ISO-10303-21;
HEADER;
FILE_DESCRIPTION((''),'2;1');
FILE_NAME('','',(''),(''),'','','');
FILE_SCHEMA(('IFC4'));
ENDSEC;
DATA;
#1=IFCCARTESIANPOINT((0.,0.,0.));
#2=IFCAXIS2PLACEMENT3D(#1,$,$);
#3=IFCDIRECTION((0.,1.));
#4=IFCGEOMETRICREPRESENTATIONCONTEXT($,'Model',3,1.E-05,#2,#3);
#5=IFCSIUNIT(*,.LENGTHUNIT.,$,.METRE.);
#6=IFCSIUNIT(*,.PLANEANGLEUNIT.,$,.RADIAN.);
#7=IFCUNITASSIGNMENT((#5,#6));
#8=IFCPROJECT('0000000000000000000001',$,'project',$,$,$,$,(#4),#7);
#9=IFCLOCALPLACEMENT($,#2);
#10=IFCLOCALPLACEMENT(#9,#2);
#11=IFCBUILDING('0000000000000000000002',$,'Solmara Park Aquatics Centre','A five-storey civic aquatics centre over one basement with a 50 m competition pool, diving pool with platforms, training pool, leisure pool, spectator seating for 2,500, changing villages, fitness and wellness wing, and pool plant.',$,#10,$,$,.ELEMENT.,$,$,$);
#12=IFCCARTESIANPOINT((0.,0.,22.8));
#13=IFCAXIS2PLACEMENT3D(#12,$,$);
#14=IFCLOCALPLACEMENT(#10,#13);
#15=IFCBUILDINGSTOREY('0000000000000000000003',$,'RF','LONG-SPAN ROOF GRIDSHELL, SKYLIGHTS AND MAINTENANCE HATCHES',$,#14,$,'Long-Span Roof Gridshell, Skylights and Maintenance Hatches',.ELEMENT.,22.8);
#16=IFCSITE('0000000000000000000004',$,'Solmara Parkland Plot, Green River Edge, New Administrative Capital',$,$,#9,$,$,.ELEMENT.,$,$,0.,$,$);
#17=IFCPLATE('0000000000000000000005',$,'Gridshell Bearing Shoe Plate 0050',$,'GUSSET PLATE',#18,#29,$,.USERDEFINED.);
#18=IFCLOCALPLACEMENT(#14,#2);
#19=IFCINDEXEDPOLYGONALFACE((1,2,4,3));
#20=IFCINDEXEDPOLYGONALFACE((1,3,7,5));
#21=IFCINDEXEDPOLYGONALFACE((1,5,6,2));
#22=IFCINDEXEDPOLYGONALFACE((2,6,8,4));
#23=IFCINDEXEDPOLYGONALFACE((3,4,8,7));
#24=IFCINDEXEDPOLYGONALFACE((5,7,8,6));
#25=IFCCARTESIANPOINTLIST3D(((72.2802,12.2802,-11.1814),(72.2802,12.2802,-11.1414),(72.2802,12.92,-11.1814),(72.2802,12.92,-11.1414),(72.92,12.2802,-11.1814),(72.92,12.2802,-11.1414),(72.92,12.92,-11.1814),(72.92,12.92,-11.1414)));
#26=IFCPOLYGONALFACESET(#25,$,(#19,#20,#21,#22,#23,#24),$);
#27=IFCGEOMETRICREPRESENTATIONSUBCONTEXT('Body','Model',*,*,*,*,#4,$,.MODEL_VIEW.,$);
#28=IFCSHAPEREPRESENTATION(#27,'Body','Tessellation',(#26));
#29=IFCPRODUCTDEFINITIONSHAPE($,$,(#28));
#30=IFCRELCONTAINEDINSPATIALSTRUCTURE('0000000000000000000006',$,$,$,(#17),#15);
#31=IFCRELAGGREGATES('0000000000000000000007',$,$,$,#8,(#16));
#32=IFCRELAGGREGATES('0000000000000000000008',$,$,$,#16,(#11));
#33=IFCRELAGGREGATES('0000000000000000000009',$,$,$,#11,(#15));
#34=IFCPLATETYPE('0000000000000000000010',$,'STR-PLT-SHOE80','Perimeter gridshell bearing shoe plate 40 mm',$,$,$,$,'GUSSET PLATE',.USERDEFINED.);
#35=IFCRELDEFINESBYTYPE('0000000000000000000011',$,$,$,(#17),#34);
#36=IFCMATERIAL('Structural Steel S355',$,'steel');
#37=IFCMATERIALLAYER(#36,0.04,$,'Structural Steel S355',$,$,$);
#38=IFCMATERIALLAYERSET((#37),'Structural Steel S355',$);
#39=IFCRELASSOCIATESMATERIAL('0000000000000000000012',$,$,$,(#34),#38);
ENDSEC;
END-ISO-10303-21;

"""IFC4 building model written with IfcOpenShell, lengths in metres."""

from ifc_helpers import new_model, si_unit, direction, frame, origin, origin_2d, place, context, subcontext, project, spatial, rectangle, extrude, material, layer, layer_set, type_object, element, save


model = new_model("IFC4")

# Units and contexts
model_context = context("Model", 3, precision=1e-05, world=origin(), true_north=direction((0.0, 1.0)))
body_context = subcontext(model_context, "Body", "Model", "MODEL_VIEW")
ifc_project = project(units=[si_unit("LENGTHUNIT", "METRE"), si_unit("PLANEANGLEUNIT", "RADIAN")], contexts=[model_context])

# Site, building, storey
site_placement = place(None, origin())
site = spatial("IfcSite", under=ifc_project, at=site_placement, Name="Solmara Parkland Plot, Green River Edge, New Administrative Capital", CompositionType="ELEMENT", RefElevation=0.0)
building_placement = place(site_placement, origin())
building = spatial("IfcBuilding", under=site, at=building_placement, Name="Solmara Park Aquatics Centre", Description="A five-storey civic aquatics centre over one basement with a 50 m competition pool, diving pool with platforms, training pool, leisure pool, spectator seating for 2,500, changing villages, fitness and wellness wing, and pool plant.", CompositionType="ELEMENT")
storey_placement = place(building_placement, frame((0.0, 0.0, 22.8)))
storey = spatial("IfcBuildingStorey", under=building, at=storey_placement, Name="RF", Description="LONG-SPAN ROOF GRIDSHELL, SKYLIGHTS AND MAINTENANCE HATCHES", LongName="Long-Span Roof Gridshell, Skylights and Maintenance Hatches", CompositionType="ELEMENT", Elevation=22.8)

# Shared definitions
ifc_material_1 = material(Name="Structural Steel S355", Category="steel")

# Plate
ifc_layer = layer(ifc_material_1, 0.04, Name="Structural Steel S355")
ifc_layer_set = layer_set([ifc_layer], Name="Structural Steel S355")
plate_type = type_object("IfcPlateType", Name="STR-PLT-SHOE80", Description="Perimeter gridshell bearing shoe plate 40 mm", ElementType="GUSSET PLATE", PredefinedType="USERDEFINED", material=ifc_layer_set)
plate_placement = place(storey_placement, frame((72.6001, 12.6001, -11.1814), z_axis=(0.0, 0.0, 1.0), x_axis=(1.0, 0.0, 0.0)))
element("IfcPlate", 1, at=plate_placement, inside=storey, type_object=plate_type, Name="Gridshell Bearing Shoe Plate 0050", ObjectType="GUSSET PLATE", PredefinedType="USERDEFINED", context=body_context, shape_type="SweptSolid", body=[
    extrude(rectangle(XDim=0.6399, YDim=0.6399, at=origin_2d()), origin(), (0.0, 0.0, 1.0), 0.04),
])

save(model, "model.ifc")
